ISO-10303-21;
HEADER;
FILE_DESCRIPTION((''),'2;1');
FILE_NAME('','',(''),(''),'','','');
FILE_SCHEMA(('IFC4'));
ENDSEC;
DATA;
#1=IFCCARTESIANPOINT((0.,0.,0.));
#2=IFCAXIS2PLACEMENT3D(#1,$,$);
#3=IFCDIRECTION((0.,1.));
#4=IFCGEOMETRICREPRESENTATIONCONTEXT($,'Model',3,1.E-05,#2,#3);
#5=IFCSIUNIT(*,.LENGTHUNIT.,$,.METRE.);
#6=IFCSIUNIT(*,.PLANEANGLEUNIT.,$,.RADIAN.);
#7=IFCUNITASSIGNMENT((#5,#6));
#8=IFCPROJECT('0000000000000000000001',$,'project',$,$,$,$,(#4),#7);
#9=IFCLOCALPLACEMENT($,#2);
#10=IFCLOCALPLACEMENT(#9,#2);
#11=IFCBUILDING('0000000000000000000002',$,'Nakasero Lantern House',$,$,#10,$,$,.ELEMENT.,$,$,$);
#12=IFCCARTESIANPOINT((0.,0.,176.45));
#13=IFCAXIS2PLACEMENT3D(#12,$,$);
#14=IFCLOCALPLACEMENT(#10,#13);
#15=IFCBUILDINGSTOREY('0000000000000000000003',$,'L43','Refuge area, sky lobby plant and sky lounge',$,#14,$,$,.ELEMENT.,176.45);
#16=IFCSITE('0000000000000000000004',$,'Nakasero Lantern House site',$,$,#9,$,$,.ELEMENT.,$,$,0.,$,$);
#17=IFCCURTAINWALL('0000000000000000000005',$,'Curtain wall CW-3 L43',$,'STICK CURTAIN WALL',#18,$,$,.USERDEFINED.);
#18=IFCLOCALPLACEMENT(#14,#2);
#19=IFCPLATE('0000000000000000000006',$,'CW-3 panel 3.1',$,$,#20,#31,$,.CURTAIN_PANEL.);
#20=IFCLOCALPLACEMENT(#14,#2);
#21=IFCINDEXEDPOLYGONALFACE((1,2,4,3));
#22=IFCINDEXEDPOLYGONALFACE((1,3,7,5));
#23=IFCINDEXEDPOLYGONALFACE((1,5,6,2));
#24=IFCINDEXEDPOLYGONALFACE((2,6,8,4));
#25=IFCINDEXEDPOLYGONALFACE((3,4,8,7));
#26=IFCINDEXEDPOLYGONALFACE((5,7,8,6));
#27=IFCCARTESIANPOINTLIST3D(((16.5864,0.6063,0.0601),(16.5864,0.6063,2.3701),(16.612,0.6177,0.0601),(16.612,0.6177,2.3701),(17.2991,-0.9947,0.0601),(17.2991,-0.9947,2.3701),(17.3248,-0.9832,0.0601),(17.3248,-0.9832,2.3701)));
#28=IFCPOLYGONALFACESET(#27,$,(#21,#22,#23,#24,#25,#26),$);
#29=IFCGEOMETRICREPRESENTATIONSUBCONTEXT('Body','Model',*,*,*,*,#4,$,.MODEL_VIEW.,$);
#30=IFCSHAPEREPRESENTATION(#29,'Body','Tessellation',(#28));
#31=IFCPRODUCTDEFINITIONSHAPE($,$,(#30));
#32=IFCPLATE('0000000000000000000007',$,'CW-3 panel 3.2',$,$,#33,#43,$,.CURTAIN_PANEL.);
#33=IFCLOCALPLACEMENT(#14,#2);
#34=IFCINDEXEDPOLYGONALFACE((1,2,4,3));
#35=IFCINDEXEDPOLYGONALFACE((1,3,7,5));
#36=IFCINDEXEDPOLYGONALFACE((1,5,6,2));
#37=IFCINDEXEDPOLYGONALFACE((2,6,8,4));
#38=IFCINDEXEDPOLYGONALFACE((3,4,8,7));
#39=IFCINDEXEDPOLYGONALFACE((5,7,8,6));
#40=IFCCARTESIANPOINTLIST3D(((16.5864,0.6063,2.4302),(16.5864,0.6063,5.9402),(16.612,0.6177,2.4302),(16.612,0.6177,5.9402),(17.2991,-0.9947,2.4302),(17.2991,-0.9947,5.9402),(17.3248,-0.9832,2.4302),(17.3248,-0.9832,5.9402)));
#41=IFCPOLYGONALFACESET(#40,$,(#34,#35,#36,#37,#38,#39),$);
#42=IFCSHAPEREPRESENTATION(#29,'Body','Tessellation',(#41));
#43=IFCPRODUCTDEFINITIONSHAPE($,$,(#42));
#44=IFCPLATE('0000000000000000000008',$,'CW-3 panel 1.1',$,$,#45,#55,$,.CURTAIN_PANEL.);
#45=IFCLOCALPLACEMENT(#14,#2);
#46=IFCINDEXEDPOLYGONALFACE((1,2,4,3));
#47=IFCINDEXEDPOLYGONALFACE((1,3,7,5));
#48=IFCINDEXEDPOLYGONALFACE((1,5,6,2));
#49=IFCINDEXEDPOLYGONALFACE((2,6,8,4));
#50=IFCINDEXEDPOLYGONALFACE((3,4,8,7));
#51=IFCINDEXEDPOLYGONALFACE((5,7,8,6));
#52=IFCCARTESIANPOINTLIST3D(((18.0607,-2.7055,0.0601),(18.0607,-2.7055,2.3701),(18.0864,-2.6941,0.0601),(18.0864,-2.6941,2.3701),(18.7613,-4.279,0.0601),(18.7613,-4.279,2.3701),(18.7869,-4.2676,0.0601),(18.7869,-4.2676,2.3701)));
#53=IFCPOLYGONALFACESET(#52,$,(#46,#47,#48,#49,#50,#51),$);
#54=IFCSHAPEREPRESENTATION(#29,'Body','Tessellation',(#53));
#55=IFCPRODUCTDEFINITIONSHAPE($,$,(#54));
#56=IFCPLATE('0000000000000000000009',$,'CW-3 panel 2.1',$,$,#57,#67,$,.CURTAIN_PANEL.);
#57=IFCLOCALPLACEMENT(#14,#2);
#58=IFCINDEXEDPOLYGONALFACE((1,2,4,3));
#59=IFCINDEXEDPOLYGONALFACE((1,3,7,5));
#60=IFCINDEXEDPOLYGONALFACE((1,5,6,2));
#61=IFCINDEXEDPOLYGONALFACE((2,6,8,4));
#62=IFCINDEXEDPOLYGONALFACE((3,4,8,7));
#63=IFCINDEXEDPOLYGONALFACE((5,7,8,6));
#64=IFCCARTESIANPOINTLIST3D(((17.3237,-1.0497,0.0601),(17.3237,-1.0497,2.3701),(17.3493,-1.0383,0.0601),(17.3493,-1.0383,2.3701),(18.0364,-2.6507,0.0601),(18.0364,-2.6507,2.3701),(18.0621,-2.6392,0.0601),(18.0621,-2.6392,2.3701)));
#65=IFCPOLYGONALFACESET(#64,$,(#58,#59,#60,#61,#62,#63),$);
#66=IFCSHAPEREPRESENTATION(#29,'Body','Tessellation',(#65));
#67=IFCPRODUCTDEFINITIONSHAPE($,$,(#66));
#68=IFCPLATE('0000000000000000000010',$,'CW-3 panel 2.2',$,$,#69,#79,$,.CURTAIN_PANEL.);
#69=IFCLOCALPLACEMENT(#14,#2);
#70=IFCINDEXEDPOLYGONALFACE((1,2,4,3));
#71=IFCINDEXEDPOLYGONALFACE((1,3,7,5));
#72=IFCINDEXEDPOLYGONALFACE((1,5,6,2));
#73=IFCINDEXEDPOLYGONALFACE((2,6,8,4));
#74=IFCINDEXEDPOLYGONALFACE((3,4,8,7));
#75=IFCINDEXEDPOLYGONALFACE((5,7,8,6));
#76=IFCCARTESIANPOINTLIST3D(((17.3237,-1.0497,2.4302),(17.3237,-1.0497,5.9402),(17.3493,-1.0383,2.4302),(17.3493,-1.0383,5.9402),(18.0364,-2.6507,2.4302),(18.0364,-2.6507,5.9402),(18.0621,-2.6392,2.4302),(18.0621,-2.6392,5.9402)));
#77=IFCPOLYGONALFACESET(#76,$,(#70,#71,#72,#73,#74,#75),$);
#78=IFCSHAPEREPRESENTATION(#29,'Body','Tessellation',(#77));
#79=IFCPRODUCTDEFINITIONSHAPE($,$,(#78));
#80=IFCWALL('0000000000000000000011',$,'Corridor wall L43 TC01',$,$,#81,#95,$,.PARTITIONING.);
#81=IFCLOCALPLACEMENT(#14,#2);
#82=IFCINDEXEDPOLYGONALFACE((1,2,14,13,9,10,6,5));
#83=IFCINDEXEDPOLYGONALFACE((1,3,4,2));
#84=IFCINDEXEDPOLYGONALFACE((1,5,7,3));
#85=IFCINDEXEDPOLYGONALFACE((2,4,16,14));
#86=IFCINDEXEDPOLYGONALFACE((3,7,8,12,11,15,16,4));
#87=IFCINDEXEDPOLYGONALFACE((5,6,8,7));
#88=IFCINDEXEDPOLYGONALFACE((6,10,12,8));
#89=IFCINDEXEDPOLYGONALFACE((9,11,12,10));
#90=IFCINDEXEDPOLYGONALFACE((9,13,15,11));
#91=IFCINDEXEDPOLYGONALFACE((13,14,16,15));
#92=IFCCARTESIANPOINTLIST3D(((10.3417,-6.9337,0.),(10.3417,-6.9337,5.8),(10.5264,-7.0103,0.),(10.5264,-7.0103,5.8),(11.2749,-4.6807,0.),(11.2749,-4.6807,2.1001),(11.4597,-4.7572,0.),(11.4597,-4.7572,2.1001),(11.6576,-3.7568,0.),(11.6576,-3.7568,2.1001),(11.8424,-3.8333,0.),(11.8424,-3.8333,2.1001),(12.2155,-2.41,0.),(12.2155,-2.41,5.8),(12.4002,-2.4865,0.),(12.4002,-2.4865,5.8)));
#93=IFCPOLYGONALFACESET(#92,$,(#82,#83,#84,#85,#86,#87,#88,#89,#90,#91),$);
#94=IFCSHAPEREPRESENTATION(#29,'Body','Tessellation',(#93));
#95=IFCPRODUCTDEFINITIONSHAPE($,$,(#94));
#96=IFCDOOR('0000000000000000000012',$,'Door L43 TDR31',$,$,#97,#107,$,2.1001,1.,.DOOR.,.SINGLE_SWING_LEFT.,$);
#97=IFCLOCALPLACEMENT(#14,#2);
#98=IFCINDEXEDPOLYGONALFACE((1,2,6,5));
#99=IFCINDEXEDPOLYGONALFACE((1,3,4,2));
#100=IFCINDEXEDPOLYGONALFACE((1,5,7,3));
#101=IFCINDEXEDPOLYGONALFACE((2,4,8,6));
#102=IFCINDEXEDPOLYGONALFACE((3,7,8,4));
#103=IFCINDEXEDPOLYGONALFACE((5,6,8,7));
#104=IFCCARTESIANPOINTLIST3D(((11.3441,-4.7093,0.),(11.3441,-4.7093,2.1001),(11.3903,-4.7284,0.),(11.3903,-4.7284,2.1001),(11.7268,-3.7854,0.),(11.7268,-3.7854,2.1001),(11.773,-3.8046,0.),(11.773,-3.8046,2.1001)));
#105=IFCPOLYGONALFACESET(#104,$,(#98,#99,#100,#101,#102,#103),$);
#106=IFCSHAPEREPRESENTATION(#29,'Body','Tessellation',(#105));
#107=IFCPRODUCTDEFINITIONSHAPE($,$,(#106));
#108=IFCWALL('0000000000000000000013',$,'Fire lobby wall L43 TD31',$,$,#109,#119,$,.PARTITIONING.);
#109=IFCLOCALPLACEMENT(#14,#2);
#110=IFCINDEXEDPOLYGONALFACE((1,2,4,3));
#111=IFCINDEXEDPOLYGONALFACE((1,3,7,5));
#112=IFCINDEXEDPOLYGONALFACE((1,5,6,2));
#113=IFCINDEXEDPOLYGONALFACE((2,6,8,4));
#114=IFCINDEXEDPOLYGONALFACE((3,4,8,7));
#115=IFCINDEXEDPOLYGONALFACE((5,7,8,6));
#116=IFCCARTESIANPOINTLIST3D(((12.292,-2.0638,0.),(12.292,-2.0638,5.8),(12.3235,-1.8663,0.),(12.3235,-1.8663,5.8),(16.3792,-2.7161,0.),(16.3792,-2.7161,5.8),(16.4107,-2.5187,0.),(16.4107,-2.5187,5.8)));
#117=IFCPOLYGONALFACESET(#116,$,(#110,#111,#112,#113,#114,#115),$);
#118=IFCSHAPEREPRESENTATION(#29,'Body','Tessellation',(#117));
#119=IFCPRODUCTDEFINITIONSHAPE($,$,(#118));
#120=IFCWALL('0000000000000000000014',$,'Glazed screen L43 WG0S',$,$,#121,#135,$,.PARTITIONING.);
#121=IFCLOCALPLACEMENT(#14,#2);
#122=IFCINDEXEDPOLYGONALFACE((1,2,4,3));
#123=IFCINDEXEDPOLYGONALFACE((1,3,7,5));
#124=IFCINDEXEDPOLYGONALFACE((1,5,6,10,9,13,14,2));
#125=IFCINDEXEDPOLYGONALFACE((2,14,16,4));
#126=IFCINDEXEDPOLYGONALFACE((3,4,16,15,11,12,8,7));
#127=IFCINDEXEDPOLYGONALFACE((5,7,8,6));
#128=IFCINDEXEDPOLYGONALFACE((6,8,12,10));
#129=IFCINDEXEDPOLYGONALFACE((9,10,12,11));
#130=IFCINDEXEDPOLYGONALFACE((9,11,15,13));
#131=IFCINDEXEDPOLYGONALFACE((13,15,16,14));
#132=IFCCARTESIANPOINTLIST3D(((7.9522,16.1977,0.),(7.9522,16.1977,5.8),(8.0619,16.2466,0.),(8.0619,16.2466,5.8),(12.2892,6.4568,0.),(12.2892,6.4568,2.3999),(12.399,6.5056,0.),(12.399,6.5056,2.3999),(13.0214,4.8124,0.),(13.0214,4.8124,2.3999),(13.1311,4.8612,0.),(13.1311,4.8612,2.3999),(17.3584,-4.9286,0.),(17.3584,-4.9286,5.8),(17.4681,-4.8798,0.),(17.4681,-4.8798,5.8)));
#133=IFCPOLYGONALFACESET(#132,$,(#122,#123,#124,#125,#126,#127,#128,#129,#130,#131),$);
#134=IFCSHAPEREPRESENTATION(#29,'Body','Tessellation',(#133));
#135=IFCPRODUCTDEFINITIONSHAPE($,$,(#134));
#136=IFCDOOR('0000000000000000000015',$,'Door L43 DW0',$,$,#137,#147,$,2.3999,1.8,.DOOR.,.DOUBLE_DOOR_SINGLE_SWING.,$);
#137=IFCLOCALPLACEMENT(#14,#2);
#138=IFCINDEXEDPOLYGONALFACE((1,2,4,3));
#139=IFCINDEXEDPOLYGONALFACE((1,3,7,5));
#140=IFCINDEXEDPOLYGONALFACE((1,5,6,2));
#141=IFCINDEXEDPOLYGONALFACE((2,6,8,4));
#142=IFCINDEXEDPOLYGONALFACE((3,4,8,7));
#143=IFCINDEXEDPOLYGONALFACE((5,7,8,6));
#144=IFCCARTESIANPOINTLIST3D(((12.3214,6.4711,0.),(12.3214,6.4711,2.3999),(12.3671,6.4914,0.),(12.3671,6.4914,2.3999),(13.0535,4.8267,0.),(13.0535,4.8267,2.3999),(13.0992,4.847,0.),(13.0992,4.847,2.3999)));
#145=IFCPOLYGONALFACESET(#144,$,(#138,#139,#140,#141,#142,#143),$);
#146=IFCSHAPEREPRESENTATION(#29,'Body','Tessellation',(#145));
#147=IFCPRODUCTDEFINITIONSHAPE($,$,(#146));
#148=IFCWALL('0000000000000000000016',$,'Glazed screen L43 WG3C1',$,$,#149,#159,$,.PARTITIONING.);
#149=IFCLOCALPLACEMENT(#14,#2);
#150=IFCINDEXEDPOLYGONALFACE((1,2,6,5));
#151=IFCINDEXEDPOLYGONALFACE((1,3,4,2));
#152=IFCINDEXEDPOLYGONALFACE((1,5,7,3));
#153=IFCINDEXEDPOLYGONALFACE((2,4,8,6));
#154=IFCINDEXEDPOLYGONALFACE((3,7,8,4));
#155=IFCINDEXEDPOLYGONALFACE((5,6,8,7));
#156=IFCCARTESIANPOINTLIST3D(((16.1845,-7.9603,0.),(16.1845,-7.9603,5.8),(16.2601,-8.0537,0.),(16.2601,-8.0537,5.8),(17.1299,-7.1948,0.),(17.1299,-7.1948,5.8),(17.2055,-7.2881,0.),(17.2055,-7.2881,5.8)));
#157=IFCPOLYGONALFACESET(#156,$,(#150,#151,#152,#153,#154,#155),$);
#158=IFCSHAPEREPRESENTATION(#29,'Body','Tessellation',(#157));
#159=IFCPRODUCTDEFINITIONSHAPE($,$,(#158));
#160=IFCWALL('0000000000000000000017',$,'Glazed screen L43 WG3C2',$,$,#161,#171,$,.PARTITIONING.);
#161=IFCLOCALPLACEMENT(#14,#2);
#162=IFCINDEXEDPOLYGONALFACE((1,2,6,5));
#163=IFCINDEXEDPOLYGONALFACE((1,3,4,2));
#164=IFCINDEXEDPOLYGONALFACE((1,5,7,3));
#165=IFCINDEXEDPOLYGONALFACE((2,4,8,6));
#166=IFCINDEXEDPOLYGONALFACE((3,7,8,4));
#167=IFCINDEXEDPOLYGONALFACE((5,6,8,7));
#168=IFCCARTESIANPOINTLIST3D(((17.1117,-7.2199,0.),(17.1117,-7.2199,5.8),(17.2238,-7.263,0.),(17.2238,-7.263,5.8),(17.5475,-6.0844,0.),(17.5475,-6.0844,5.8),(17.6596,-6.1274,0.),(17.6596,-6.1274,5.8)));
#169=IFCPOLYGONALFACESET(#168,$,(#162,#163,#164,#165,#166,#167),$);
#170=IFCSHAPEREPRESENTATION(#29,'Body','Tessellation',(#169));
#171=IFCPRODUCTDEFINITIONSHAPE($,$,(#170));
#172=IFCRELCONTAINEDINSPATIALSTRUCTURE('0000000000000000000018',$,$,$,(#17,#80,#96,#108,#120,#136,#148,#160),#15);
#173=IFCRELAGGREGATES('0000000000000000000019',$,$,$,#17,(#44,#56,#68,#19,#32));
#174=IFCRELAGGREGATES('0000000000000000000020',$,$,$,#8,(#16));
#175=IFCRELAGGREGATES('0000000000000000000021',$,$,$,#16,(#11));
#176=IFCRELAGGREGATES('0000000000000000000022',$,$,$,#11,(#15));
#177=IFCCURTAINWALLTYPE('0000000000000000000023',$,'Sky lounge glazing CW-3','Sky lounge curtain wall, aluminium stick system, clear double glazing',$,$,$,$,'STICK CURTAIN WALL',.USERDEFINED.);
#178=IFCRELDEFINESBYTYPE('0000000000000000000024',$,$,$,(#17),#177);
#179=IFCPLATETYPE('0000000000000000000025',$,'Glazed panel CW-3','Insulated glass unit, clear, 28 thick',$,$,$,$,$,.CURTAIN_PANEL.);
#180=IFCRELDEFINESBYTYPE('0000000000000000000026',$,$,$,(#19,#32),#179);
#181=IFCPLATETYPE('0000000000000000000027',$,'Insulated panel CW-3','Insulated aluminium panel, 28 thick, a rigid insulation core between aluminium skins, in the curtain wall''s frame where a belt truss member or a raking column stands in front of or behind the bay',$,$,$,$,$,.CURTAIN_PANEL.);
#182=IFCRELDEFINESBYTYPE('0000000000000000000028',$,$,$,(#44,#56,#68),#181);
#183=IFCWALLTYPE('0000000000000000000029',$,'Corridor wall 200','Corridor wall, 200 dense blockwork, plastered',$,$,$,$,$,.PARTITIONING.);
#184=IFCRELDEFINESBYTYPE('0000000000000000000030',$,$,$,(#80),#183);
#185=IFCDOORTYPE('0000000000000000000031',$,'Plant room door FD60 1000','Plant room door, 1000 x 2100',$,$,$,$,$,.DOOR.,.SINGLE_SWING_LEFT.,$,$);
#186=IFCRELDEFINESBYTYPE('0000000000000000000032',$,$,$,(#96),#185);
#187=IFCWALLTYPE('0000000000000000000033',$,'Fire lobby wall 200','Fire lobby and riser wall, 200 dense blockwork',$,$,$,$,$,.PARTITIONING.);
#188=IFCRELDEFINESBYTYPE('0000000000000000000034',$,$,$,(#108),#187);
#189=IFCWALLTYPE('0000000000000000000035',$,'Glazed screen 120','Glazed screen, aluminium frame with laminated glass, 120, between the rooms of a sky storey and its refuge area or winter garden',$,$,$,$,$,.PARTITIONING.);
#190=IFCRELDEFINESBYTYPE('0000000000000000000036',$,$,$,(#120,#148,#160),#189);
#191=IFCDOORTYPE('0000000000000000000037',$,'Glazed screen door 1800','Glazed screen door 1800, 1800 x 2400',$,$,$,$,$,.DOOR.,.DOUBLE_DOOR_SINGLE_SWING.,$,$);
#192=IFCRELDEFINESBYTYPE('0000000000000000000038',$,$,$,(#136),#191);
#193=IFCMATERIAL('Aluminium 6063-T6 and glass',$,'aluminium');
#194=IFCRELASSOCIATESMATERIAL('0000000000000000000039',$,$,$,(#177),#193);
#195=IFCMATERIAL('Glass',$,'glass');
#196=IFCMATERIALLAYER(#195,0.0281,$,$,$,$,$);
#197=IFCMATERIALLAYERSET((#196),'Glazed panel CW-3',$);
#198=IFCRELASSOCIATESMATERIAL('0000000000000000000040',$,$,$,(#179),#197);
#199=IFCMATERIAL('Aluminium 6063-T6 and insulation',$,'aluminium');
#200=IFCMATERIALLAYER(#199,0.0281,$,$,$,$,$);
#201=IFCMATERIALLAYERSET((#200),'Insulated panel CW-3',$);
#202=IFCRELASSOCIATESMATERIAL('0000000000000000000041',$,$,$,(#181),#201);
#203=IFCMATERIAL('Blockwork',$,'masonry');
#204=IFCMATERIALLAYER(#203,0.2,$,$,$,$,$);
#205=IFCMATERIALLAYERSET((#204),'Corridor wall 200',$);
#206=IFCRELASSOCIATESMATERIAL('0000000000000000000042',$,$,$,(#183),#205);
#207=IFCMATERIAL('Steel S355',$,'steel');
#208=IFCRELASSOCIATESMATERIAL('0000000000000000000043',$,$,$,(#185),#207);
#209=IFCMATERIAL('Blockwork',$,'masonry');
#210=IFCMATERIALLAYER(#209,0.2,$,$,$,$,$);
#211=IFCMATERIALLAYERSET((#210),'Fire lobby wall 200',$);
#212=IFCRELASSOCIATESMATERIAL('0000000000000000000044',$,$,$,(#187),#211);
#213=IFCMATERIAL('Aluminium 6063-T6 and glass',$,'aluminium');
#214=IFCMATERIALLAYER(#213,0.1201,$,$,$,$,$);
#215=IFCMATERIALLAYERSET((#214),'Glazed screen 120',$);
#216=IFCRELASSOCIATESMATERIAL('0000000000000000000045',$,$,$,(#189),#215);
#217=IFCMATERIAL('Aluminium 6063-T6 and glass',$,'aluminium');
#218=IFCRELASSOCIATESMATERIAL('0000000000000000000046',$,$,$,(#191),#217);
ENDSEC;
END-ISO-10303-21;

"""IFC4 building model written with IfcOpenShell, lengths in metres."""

from ifc_helpers import new_model, si_unit, direction, frame, frame_2d, origin, origin_2d, place, context, subcontext, project, spatial, rectangle, extrude, material, layer, layer_set, type_object, element, fill, aggregate, save


model = new_model("IFC4")

# Units and contexts
model_context = context("Model", 3, precision=1e-05, world=origin(), true_north=direction((0.0, 1.0)))
body_context = subcontext(model_context, "Body", "Model", "MODEL_VIEW")
ifc_project = project(units=[si_unit("LENGTHUNIT", "METRE"), si_unit("PLANEANGLEUNIT", "RADIAN")], contexts=[model_context])

# Site, building, storey
site_placement = place(None, origin())
site = spatial("IfcSite", under=ifc_project, at=site_placement, Name="Nakasero Lantern House site", CompositionType="ELEMENT", RefElevation=0.0)
building_placement = place(site_placement, origin())
building = spatial("IfcBuilding", under=site, at=building_placement, Name="Nakasero Lantern House", CompositionType="ELEMENT")
storey_placement = place(building_placement, frame((0.0, 0.0, 176.45)))
storey = spatial("IfcBuildingStorey", under=building, at=storey_placement, Name="L43", Description="Refuge area, sky lobby plant and sky lounge", CompositionType="ELEMENT", Elevation=176.45)

# Curtain wall
ifc_material_1 = material(Name="Aluminium 6063-T6 and glass", Category="aluminium")
curtain_wall_type = type_object("IfcCurtainWallType", Name="Sky lounge glazing CW-3", Description="Sky lounge curtain wall, aluminium stick system, clear double glazing", ElementType="STICK CURTAIN WALL", PredefinedType="USERDEFINED", material=ifc_material_1)
curtain_wall_1_placement = place(storey_placement, origin())
curtain_wall_1 = element("IfcCurtainWall", 1, at=curtain_wall_1_placement, inside=storey, type_object=curtain_wall_type, Name="Curtain wall CW-3 L43", ObjectType="STICK CURTAIN WALL", PredefinedType="USERDEFINED")

# Plates
ifc_material_2 = material(Name="Glass", Category="glass")
ifc_layer_1 = layer(ifc_material_2, 0.0281)
ifc_layer_set_1 = layer_set([ifc_layer_1], Name="Glazed panel CW-3")
plate_type_1 = type_object("IfcPlateType", Name="Glazed panel CW-3", Description="Insulated glass unit, clear, 28 thick", PredefinedType="CURTAIN_PANEL", material=ifc_layer_set_1)
plate_1_placement = place(storey_placement, frame((16.9556, -0.1885, 0.0601), z_axis=(0.0, 0.0, 1.0), x_axis=(-0.406737, 0.913545, 0.0)))
plate_1 = element("IfcPlate", 2, at=plate_1_placement, type_object=plate_type_1, Name="CW-3 panel 3.1", PredefinedType="CURTAIN_PANEL", context=body_context, shape_type="SweptSolid", body=[
    extrude(rectangle(XDim=1.7524, YDim=0.0281, at=origin_2d()), origin(), (0.0, 0.0, 1.0), 2.3101),
])
plate_2_placement = place(storey_placement, frame((16.9556, -0.1885, 2.4302), z_axis=(0.0, 0.0, 1.0), x_axis=(-0.406737, 0.913545, 0.0)))
plate_2 = element("IfcPlate", 3, at=plate_2_placement, type_object=plate_type_1, Name="CW-3 panel 3.2", PredefinedType="CURTAIN_PANEL", context=body_context, shape_type="SweptSolid", body=[
    extrude(rectangle(XDim=1.7524, YDim=0.0281, at=origin_2d()), origin(), (0.0, 0.0, 1.0), 3.51),
])
ifc_material_3 = material(Name="Aluminium 6063-T6 and insulation", Category="aluminium")
ifc_layer_2 = layer(ifc_material_3, 0.0281)
ifc_layer_set_2 = layer_set([ifc_layer_2], Name="Insulated panel CW-3")
plate_type_2 = type_object("IfcPlateType", Name="Insulated panel CW-3", Description="Insulated aluminium panel, 28 thick, a rigid insulation core between aluminium skins, in the curtain wall's frame where a belt truss member or a raking column stands in front of or behind the bay", PredefinedType="CURTAIN_PANEL", material=ifc_layer_set_2)
plate_3_placement = place(storey_placement, frame((18.4238, -3.4866, 0.0601), z_axis=(0.0, 0.0, 1.0), x_axis=(-0.406737, 0.913545, 0.0)))
plate_3 = element("IfcPlate", 4, at=plate_3_placement, type_object=plate_type_2, Name="CW-3 panel 1.1", PredefinedType="CURTAIN_PANEL", context=body_context, shape_type="SweptSolid", body=[
    extrude(rectangle(XDim=1.7224, YDim=0.0281, at=origin_2d()), origin(), (0.0, 0.0, 1.0), 2.3101),
])
plate_4_placement = place(storey_placement, frame((17.6929, -1.8445, 0.0601), z_axis=(0.0, 0.0, 1.0), x_axis=(-0.406737, 0.913545, 0.0)))
plate_4 = element("IfcPlate", 5, at=plate_4_placement, type_object=plate_type_2, Name="CW-3 panel 2.1", PredefinedType="CURTAIN_PANEL", context=body_context, shape_type="SweptSolid", body=[
    extrude(rectangle(XDim=1.7524, YDim=0.0281, at=origin_2d()), origin(), (0.0, 0.0, 1.0), 2.3101),
])
plate_5_placement = place(storey_placement, frame((17.6929, -1.8445, 2.4302), z_axis=(0.0, 0.0, 1.0), x_axis=(-0.406737, 0.913545, 0.0)))
plate_5 = element("IfcPlate", 6, at=plate_5_placement, type_object=plate_type_2, Name="CW-3 panel 2.2", PredefinedType="CURTAIN_PANEL", context=body_context, shape_type="SweptSolid", body=[
    extrude(rectangle(XDim=1.7524, YDim=0.0281, at=origin_2d()), origin(), (0.0, 0.0, 1.0), 3.51),
])
aggregate(curtain_wall_1, [plate_3, plate_4, plate_5, plate_1, plate_2])

# Wall, opening, door
ifc_material_4 = material(Name="Blockwork", Category="masonry")
ifc_layer_3 = layer(ifc_material_4, 0.2)
ifc_layer_set_3 = layer_set([ifc_layer_3], Name="Corridor wall 200")
wall_type_1 = type_object("IfcWallType", Name="Corridor wall 200", Description="Corridor wall, 200 dense blockwork, plastered", PredefinedType="PARTITIONING", material=ifc_layer_set_3)
wall_1_placement = place(storey_placement, frame((12.3079, -2.4482, 0.0), z_axis=(0.0, 0.0, 1.0), x_axis=(-0.382685, -0.923879, 0.0)))
wall_1 = element("IfcWall", 7, at=wall_1_placement, inside=storey, type_object=wall_type_1, Name="Corridor wall L43 TC01", PredefinedType="PARTITIONING", context=body_context, shape_type="SweptSolid", body=[
    extrude(rectangle(XDim=4.8965, YDim=0.2, at=frame_2d((2.4482, 0.0))), origin(), (0.0, 0.0, 1.0), 5.8),
])
opening_1_placement = place(wall_1_placement, frame((1.4578, 0.0, 0.0)))
opening_1 = element("IfcOpeningElement", 8, at=opening_1_placement, cuts=wall_1, PredefinedType="OPENING", context=body_context, shape_type="SweptSolid", body=[
    extrude(rectangle(XDim=1.0, YDim=2.1001, at=frame_2d((0.5, 1.05))), frame((0.0, 0.1199, 0.0), z_axis=(0.0, -1.0, 0.0), x_axis=(1.0, 0.0, 0.0)), (0.0, 0.0, 1.0), 0.24),
])
ifc_material_5 = material(Name="Steel S355", Category="steel")
door_type_1 = type_object("IfcDoorType", Name="Plant room door FD60 1000", Description="Plant room door, 1000 x 2100", OperationType="SINGLE_SWING_LEFT", PredefinedType="DOOR", material=ifc_material_5)
door_1_placement = place(opening_1_placement, origin())
door_1 = element("IfcDoor", 9, at=door_1_placement, inside=storey, type_object=door_type_1, Name="Door L43 TDR31", OperationType="SINGLE_SWING_LEFT", OverallHeight=2.1001, OverallWidth=1.0, PredefinedType="DOOR", context=body_context, shape_type="SweptSolid", body=[
    extrude(rectangle(XDim=1.0, YDim=2.1001, at=frame_2d((0.5, 1.05))), frame((0.0, 0.0249, 0.0), z_axis=(0.0, -1.0, 0.0), x_axis=(1.0, 0.0, 0.0)), (0.0, 0.0, 1.0), 0.05),
])
fill(opening_1, door_1)

# Wall
ifc_material_6 = material(Name="Blockwork", Category="masonry")
ifc_layer_4 = layer(ifc_material_6, 0.2)
ifc_layer_set_4 = layer_set([ifc_layer_4], Name="Fire lobby wall 200")
wall_type_2 = type_object("IfcWallType", Name="Fire lobby wall 200", Description="Fire lobby and riser wall, 200 dense blockwork", PredefinedType="PARTITIONING", material=ifc_layer_set_4)
wall_2_placement = place(storey_placement, frame((12.3079, -1.9651, 0.0), z_axis=(0.0, 0.0, 1.0), x_axis=(0.987501, -0.157613, 0.0)))
element("IfcWall", 10, at=wall_2_placement, inside=storey, type_object=wall_type_2, Name="Fire lobby wall L43 TD31", PredefinedType="PARTITIONING", context=body_context, shape_type="SweptSolid", body=[
    extrude(rectangle(XDim=4.1389, YDim=0.2, at=frame_2d((2.0693, 0.0))), origin(), (0.0, 0.0, 1.0), 5.8),
])

# Wall, opening, door
ifc_material_7 = material(Name="Aluminium 6063-T6 and glass", Category="aluminium")
ifc_layer_5 = layer(ifc_material_7, 0.1201)
ifc_layer_set_5 = layer_set([ifc_layer_5], Name="Glazed screen 120")
wall_type_3 = type_object("IfcWallType", Name="Glazed screen 120", Description="Glazed screen, aluminium frame with laminated glass, 120, between the rooms of a sky storey and its refuge area or winter garden", PredefinedType="PARTITIONING", material=ifc_layer_set_5)
wall_3_placement = place(storey_placement, frame((17.4133, -4.9043, 0.0), z_axis=(0.0, 0.0, 1.0), x_axis=(-0.406742, 0.913543, 0.0)))
wall_3 = element("IfcWall", 11, at=wall_3_placement, inside=storey, type_object=wall_type_3, Name="Glazed screen L43 WG0S", PredefinedType="PARTITIONING", context=body_context, shape_type="SweptSolid", body=[
    extrude(rectangle(XDim=23.1257, YDim=0.1201, at=frame_2d((11.563, 0.0))), origin(), (0.0, 0.0, 1.0), 5.8),
])
opening_2_placement = place(wall_3_placement, frame((10.6631, 0.0, 0.0)))
opening_2 = element("IfcOpeningElement", 12, at=opening_2_placement, cuts=wall_3, PredefinedType="OPENING", context=body_context, shape_type="SweptSolid", body=[
    extrude(rectangle(XDim=1.8, YDim=2.3999, at=frame_2d((0.8999, 1.2))), frame((0.0, 0.0801, 0.0), z_axis=(0.0, -1.0, 0.0), x_axis=(1.0, 0.0, 0.0)), (0.0, 0.0, 1.0), 0.1602),
])
ifc_material_8 = material(Name="Aluminium 6063-T6 and glass", Category="aluminium")
door_type_2 = type_object("IfcDoorType", Name="Glazed screen door 1800", Description="Glazed screen door 1800, 1800 x 2400", OperationType="DOUBLE_DOOR_SINGLE_SWING", PredefinedType="DOOR", material=ifc_material_8)
door_2_placement = place(opening_2_placement, origin())
door_2 = element("IfcDoor", 13, at=door_2_placement, inside=storey, type_object=door_type_2, Name="Door L43 DW0", OperationType="DOUBLE_DOOR_SINGLE_SWING", OverallHeight=2.3999, OverallWidth=1.8, PredefinedType="DOOR", context=body_context, shape_type="SweptSolid", body=[
    extrude(rectangle(XDim=1.8, YDim=2.3999, at=frame_2d((0.8999, 1.2))), frame((0.0, 0.0249, 0.0), z_axis=(0.0, -1.0, 0.0), x_axis=(1.0, 0.0, 0.0)), (0.0, 0.0, 1.0), 0.05),
])
fill(opening_2, door_2)

# Walls
wall_4_placement = place(storey_placement, frame((16.2222, -8.0071, 0.0), z_axis=(0.0, 0.0, 1.0), x_axis=(0.777175, 0.629285, 0.0)))
element("IfcWall", 14, at=wall_4_placement, inside=storey, type_object=wall_type_3, Name="Glazed screen L43 WG3C1", PredefinedType="PARTITIONING", context=body_context, shape_type="SweptSolid", body=[
    extrude(rectangle(XDim=1.2166, YDim=0.1201, at=frame_2d((0.6084, 0.0))), origin(), (0.0, 0.0, 1.0), 5.8),
])
wall_5_placement = place(storey_placement, frame((17.1677, -7.2415, 0.0), z_axis=(0.0, 0.0, 1.0), x_axis=(0.358306, 0.933604, 0.0)))
element("IfcWall", 15, at=wall_5_placement, inside=storey, type_object=wall_type_3, Name="Glazed screen L43 WG3C2", PredefinedType="PARTITIONING", context=body_context, shape_type="SweptSolid", body=[
    extrude(rectangle(XDim=1.2163, YDim=0.1201, at=frame_2d((0.6082, 0.0))), origin(), (0.0, 0.0, 1.0), 5.8),
])

save(model, "model.ifc")
